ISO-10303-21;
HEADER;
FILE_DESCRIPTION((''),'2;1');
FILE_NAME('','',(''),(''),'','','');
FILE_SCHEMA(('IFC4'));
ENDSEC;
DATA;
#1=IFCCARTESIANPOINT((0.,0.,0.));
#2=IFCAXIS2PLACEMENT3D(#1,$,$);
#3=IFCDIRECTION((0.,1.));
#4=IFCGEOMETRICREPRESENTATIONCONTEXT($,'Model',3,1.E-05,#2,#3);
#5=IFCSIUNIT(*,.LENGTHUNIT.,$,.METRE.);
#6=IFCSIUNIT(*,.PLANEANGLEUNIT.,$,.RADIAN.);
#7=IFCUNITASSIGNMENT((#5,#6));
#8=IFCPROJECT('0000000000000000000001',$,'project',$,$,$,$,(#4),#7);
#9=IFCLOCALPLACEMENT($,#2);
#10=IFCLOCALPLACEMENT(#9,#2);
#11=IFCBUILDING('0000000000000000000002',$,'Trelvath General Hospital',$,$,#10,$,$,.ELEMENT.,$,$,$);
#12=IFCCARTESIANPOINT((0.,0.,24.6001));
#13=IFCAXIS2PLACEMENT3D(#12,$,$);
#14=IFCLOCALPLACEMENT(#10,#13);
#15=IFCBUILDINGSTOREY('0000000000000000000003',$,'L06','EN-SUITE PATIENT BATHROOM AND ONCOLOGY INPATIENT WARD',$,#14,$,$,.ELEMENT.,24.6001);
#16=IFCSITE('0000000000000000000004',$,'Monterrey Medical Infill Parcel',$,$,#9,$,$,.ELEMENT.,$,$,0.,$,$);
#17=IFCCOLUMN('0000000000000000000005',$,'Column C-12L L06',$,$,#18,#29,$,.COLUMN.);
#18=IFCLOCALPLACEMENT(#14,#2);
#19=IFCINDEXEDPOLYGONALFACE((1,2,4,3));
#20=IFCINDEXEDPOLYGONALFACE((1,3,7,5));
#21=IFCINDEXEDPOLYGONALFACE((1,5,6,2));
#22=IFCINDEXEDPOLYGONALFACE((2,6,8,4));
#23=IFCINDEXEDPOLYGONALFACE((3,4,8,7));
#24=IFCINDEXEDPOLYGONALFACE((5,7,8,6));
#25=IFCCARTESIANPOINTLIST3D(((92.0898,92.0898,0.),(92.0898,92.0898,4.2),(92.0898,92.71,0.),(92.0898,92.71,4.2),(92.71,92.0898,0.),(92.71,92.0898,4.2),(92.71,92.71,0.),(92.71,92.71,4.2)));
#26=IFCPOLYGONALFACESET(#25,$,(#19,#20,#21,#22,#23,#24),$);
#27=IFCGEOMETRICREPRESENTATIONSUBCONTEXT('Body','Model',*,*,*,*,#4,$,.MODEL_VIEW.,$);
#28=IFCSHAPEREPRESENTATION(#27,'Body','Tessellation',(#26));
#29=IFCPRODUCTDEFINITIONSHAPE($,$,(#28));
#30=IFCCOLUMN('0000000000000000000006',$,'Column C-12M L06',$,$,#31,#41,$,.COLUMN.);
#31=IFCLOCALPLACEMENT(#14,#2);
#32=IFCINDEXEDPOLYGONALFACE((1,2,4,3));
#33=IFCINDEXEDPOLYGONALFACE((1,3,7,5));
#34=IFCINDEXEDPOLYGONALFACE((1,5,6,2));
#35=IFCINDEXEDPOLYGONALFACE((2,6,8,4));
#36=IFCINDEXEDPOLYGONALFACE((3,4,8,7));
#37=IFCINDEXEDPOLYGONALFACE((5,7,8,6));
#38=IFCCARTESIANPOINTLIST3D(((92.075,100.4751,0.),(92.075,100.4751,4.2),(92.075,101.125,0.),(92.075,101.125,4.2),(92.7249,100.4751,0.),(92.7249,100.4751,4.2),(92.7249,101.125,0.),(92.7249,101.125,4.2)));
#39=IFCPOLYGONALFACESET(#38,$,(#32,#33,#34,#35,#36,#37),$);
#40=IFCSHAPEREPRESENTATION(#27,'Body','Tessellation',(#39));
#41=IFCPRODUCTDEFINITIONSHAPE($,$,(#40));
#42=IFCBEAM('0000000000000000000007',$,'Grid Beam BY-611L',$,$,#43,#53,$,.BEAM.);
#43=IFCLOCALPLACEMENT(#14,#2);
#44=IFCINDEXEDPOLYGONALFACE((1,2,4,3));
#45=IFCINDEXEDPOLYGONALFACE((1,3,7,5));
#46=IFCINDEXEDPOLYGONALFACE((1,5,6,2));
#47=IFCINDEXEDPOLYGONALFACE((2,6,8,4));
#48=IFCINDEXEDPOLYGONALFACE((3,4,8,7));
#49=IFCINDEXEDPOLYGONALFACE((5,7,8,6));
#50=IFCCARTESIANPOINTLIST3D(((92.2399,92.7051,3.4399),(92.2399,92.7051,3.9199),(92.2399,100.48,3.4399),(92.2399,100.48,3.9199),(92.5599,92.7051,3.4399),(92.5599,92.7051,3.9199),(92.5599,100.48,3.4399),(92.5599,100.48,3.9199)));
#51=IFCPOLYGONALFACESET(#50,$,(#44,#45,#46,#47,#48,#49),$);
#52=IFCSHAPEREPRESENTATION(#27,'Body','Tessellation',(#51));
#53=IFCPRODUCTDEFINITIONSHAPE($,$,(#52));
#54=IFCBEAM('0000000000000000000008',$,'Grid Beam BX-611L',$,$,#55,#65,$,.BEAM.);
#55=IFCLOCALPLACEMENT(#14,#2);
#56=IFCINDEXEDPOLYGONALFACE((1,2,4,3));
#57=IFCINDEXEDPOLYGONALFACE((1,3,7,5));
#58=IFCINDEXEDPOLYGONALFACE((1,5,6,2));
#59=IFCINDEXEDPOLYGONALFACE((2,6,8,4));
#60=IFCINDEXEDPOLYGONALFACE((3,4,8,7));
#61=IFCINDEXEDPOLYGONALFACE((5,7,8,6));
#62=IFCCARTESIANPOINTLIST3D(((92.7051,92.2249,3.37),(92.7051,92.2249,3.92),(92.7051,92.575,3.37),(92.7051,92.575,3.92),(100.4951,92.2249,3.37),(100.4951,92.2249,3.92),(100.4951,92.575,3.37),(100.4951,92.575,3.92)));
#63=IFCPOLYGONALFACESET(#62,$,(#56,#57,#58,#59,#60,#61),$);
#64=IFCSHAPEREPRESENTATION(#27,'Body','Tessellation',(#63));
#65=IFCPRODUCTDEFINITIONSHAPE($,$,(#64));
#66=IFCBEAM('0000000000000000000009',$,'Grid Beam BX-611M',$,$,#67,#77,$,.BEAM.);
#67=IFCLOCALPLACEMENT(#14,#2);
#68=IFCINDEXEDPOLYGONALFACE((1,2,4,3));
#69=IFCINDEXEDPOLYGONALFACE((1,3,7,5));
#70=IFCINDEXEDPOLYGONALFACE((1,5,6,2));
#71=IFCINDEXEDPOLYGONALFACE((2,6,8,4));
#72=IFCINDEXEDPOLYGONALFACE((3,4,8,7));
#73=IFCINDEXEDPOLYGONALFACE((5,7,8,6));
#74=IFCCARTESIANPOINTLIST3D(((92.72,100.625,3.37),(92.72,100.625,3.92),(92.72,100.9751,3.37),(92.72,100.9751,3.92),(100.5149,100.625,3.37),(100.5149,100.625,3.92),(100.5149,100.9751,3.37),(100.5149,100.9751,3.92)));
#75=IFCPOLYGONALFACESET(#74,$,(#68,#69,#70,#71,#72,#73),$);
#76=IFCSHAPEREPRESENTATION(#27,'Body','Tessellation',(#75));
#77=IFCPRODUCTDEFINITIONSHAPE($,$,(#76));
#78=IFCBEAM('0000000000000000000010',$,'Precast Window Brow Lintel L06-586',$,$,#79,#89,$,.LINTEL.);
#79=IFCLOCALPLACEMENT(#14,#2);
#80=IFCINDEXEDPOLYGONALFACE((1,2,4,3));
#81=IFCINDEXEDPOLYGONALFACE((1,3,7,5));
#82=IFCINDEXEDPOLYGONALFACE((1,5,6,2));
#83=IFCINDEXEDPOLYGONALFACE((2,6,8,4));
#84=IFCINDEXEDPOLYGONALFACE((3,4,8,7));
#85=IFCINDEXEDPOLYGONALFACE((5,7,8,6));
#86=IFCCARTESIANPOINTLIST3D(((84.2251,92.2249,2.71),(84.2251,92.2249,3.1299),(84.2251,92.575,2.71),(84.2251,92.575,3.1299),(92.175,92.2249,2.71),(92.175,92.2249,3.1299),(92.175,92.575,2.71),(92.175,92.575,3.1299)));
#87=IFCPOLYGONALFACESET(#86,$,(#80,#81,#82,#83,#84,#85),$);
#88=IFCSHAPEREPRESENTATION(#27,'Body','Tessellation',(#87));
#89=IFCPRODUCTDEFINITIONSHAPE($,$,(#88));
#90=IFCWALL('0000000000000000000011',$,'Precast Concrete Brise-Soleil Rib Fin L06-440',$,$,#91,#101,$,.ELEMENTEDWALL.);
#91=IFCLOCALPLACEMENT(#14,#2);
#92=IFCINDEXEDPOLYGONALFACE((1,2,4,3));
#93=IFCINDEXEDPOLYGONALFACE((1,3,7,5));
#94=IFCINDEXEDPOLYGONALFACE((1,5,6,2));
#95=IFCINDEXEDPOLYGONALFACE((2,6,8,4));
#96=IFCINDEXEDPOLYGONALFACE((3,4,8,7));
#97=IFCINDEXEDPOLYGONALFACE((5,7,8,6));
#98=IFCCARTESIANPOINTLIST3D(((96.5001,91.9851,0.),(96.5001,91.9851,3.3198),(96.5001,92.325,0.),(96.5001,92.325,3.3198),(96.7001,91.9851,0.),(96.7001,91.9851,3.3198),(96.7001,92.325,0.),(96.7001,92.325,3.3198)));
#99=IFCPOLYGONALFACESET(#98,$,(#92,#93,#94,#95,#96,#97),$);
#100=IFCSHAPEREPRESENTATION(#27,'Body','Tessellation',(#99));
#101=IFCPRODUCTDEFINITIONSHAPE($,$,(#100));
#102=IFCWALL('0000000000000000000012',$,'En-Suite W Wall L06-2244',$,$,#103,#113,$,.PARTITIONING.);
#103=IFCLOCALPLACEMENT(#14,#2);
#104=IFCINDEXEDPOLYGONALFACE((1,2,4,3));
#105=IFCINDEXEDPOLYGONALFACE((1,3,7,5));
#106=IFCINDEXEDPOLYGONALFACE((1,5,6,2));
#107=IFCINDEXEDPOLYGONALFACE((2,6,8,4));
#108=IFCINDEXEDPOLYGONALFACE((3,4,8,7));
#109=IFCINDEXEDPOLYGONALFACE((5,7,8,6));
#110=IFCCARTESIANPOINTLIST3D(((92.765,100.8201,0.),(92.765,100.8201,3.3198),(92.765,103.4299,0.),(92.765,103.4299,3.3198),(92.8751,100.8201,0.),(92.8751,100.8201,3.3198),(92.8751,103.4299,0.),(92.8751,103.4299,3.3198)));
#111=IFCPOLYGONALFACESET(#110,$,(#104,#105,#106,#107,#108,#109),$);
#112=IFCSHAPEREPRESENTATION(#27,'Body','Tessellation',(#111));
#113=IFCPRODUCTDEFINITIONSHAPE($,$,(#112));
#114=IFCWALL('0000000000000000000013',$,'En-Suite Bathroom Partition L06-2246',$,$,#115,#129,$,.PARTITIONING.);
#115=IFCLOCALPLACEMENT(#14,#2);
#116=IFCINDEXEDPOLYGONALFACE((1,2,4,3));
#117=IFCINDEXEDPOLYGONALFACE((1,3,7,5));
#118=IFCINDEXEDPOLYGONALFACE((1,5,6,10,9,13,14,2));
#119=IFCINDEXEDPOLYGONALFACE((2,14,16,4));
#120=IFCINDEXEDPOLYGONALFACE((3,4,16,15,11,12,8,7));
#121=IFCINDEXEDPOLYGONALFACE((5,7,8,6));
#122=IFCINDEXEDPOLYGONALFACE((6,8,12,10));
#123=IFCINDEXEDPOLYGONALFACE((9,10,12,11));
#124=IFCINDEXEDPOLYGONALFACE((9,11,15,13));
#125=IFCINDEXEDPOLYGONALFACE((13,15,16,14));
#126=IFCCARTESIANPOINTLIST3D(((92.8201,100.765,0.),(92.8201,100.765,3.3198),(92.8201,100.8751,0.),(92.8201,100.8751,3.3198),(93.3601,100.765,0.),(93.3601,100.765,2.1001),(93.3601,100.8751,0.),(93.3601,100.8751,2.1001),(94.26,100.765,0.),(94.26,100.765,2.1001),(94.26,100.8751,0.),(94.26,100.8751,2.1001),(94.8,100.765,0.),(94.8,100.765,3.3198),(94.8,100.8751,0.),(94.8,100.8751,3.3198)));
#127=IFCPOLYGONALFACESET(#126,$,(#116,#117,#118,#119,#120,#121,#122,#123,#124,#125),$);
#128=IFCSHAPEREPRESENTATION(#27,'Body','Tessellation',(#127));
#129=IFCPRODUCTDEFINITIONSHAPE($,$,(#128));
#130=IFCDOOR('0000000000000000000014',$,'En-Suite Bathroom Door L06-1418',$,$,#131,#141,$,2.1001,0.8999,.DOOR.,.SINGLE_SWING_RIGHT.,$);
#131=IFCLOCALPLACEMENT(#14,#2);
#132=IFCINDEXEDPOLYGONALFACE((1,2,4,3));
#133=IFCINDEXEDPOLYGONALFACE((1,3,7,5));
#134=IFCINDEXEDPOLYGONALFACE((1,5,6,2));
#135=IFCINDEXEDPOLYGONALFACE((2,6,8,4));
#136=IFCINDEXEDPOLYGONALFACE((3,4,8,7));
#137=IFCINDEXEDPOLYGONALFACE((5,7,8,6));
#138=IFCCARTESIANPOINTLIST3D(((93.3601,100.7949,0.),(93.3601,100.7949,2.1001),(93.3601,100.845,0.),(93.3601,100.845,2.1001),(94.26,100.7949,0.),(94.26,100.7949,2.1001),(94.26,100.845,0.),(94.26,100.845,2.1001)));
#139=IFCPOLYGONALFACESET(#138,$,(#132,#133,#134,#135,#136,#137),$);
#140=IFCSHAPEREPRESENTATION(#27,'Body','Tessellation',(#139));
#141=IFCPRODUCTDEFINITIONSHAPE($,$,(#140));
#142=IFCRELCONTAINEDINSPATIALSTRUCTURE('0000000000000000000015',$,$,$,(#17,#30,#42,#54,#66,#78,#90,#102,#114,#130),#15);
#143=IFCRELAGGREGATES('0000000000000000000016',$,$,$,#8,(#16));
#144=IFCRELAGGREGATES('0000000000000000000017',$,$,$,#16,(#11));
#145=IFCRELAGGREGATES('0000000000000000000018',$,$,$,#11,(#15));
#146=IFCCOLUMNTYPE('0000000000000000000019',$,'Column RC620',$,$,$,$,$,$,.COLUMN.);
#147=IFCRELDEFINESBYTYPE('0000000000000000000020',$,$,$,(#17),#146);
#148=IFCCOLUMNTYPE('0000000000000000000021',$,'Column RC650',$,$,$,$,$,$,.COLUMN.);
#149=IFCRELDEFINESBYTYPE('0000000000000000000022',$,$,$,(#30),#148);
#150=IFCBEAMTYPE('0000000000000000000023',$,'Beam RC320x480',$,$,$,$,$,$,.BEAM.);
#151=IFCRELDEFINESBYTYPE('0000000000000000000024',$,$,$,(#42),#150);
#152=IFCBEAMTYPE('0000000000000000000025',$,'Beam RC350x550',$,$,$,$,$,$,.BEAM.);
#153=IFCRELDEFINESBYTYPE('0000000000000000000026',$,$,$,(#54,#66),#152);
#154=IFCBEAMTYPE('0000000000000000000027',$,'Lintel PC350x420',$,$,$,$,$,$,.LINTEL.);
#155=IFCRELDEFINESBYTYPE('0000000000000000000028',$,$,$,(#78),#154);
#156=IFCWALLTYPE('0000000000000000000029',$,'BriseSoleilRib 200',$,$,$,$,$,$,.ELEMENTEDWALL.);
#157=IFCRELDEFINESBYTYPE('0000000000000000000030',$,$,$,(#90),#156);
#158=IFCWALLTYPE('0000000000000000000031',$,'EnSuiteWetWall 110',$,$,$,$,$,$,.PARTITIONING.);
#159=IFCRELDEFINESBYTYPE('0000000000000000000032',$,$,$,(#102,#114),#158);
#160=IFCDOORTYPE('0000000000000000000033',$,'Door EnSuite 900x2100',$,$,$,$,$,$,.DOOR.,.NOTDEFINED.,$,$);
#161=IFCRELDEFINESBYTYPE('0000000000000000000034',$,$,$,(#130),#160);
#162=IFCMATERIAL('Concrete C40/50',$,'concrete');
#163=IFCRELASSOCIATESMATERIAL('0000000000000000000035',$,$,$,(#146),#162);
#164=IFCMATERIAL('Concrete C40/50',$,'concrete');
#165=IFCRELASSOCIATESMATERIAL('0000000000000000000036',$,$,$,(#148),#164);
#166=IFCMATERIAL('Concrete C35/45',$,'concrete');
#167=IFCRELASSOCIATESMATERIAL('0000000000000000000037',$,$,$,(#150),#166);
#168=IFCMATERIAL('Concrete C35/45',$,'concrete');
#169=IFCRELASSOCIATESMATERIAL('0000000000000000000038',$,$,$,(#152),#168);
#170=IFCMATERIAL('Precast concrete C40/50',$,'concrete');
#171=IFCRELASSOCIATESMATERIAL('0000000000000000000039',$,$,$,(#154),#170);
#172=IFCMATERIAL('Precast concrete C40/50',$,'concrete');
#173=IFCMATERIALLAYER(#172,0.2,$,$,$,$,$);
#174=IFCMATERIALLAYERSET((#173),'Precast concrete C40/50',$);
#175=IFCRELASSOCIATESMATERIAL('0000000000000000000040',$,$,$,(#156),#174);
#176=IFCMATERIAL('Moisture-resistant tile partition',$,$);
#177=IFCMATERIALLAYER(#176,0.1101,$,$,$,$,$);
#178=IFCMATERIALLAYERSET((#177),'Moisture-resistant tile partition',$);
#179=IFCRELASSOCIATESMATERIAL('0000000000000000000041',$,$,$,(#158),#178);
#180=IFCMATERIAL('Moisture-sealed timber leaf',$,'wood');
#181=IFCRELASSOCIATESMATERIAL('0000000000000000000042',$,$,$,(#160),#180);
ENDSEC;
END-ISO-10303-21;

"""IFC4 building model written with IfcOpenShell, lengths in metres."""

from ifc_helpers import new_model, si_unit, direction, frame, frame_2d, origin, origin_2d, place, context, subcontext, project, spatial, rectangle, extrude, material, layer, layer_set, material_profile, profile_set, type_object, element, fill, save


model = new_model("IFC4")

# Units and contexts
model_context = context("Model", 3, precision=1e-05, world=origin(), true_north=direction((0.0, 1.0)))
body_context = subcontext(model_context, "Body", "Model", "MODEL_VIEW")
ifc_project = project(units=[si_unit("LENGTHUNIT", "METRE"), si_unit("PLANEANGLEUNIT", "RADIAN")], contexts=[model_context])

# Site, building, storey
site_placement = place(None, origin())
site = spatial("IfcSite", under=ifc_project, at=site_placement, Name="Monterrey Medical Infill Parcel", CompositionType="ELEMENT", RefElevation=0.0)
building_placement = place(site_placement, origin())
building = spatial("IfcBuilding", under=site, at=building_placement, Name="Trelvath General Hospital", CompositionType="ELEMENT")
storey_placement = place(building_placement, frame((0.0, 0.0, 24.6001)))
storey = spatial("IfcBuildingStorey", under=building, at=storey_placement, Name="L06", Description="EN-SUITE PATIENT BATHROOM AND ONCOLOGY INPATIENT WARD", CompositionType="ELEMENT", Elevation=24.6001)

# Columns
ifc_material_1 = material(Name="Concrete C40/50", Category="concrete")
ifc_material_profile_1 = material_profile(ifc_material_1, rectangle(XDim=0.6201, YDim=0.6201, at=origin_2d()), Name="RC620x620")
ifc_profile_set_1 = profile_set([ifc_material_profile_1], Name="Concrete C40/50")
column_type_1 = type_object("IfcColumnType", Name="Column RC620", PredefinedType="COLUMN", material=ifc_profile_set_1)
column_1_placement = place(storey_placement, frame((92.3999, 92.3999, 0.0), z_axis=(0.0, 0.0, 1.0), x_axis=(1.0, 0.0, 0.0)))
element("IfcColumn", 1, at=column_1_placement, inside=storey, type_object=column_type_1, Name="Column C-12L L06", PredefinedType="COLUMN", context=body_context, shape_type="SweptSolid", body=[
    extrude(rectangle(XDim=0.6201, YDim=0.6201, at=origin_2d()), origin(), (0.0, 0.0, 1.0), 4.2),
])
ifc_material_2 = material(Name="Concrete C40/50", Category="concrete")
ifc_material_profile_2 = material_profile(ifc_material_2, rectangle(XDim=0.6499, YDim=0.6499, at=origin_2d()), Name="RC650x650")
ifc_profile_set_2 = profile_set([ifc_material_profile_2], Name="Concrete C40/50")
column_type_2 = type_object("IfcColumnType", Name="Column RC650", PredefinedType="COLUMN", material=ifc_profile_set_2)
column_2_placement = place(storey_placement, frame((92.3999, 100.8, 0.0), z_axis=(0.0, 0.0, 1.0), x_axis=(1.0, 0.0, 0.0)))
element("IfcColumn", 2, at=column_2_placement, inside=storey, type_object=column_type_2, Name="Column C-12M L06", PredefinedType="COLUMN", context=body_context, shape_type="SweptSolid", body=[
    extrude(rectangle(XDim=0.6499, YDim=0.6499, at=origin_2d()), origin(), (0.0, 0.0, 1.0), 4.2),
])

# Beams
ifc_material_3 = material(Name="Concrete C35/45", Category="concrete")
ifc_material_profile_3 = material_profile(ifc_material_3, rectangle(XDim=0.3201, YDim=0.48, at=origin_2d()), Name="RCB320x480")
ifc_profile_set_3 = profile_set([ifc_material_profile_3], Name="Concrete C35/45")
beam_type_1 = type_object("IfcBeamType", Name="Beam RC320x480", PredefinedType="BEAM", material=ifc_profile_set_3)
beam_1_placement = place(storey_placement, frame((92.3999, 92.7051, 3.6799), z_axis=(0.0, 1.0, 0.0), x_axis=(-1.0, 0.0, 0.0)))
element("IfcBeam", 3, at=beam_1_placement, inside=storey, type_object=beam_type_1, Name="Grid Beam BY-611L", PredefinedType="BEAM", context=body_context, shape_type="SweptSolid", body=[
    extrude(rectangle(XDim=0.3201, YDim=0.48, at=origin_2d()), origin(), (0.0, 0.0, 1.0), 7.7749),
])
ifc_material_4 = material(Name="Concrete C35/45", Category="concrete")
ifc_material_profile_4 = material_profile(ifc_material_4, rectangle(XDim=0.3501, YDim=0.55, at=origin_2d()), Name="RCB350x550")
ifc_profile_set_4 = profile_set([ifc_material_profile_4], Name="Concrete C35/45")
beam_type_2 = type_object("IfcBeamType", Name="Beam RC350x550", PredefinedType="BEAM", material=ifc_profile_set_4)
beam_2_placement = place(storey_placement, frame((92.7051, 92.3999, 3.645), z_axis=(1.0, 0.0, 0.0), x_axis=(0.0, 1.0, 0.0)))
element("IfcBeam", 4, at=beam_2_placement, inside=storey, type_object=beam_type_2, Name="Grid Beam BX-611L", PredefinedType="BEAM", context=body_context, shape_type="SweptSolid", body=[
    extrude(rectangle(XDim=0.3501, YDim=0.55, at=origin_2d()), origin(), (0.0, 0.0, 1.0), 7.79),
])
beam_3_placement = place(storey_placement, frame((92.72, 100.8, 3.645), z_axis=(1.0, 0.0, 0.0), x_axis=(0.0, 1.0, 0.0)))
element("IfcBeam", 5, at=beam_3_placement, inside=storey, type_object=beam_type_2, Name="Grid Beam BX-611M", PredefinedType="BEAM", context=body_context, shape_type="SweptSolid", body=[
    extrude(rectangle(XDim=0.3501, YDim=0.55, at=origin_2d()), origin(), (0.0, 0.0, 1.0), 7.7949),
])
ifc_material_5 = material(Name="Precast concrete C40/50", Category="concrete")
ifc_material_profile_5 = material_profile(ifc_material_5, rectangle(XDim=0.3501, YDim=0.4199, at=origin_2d()), Name="PCL350x420")
ifc_profile_set_5 = profile_set([ifc_material_profile_5], Name="Precast concrete C40/50")
beam_type_3 = type_object("IfcBeamType", Name="Lintel PC350x420", PredefinedType="LINTEL", material=ifc_profile_set_5)
beam_4_placement = place(storey_placement, frame((92.175, 92.3999, 2.9199), z_axis=(-1.0, 0.0, 0.0), x_axis=(0.0, -1.0, 0.0)))
element("IfcBeam", 6, at=beam_4_placement, inside=storey, type_object=beam_type_3, Name="Precast Window Brow Lintel L06-586", PredefinedType="LINTEL", context=body_context, shape_type="SweptSolid", body=[
    extrude(rectangle(XDim=0.3501, YDim=0.4199, at=origin_2d()), origin(), (0.0, 0.0, 1.0), 7.95),
])

# Walls
ifc_material_6 = material(Name="Precast concrete C40/50", Category="concrete")
ifc_layer_1 = layer(ifc_material_6, 0.2)
ifc_layer_set_1 = layer_set([ifc_layer_1], Name="Precast concrete C40/50")
wall_type_1 = type_object("IfcWallType", Name="BriseSoleilRib 200", PredefinedType="ELEMENTEDWALL", material=ifc_layer_set_1)
wall_1_placement = place(storey_placement, frame((96.6001, 92.325, 0.0), z_axis=(0.0, 0.0, 1.0), x_axis=(0.0, -1.0, 0.0)))
element("IfcWall", 7, at=wall_1_placement, inside=storey, type_object=wall_type_1, Name="Precast Concrete Brise-Soleil Rib Fin L06-440", PredefinedType="ELEMENTEDWALL", context=body_context, shape_type="SweptSolid", body=[
    extrude(rectangle(XDim=0.3398, YDim=0.2, at=frame_2d((0.1699, 0.0))), origin(), (0.0, 0.0, 1.0), 3.3198),
])
ifc_material_7 = material(Name="Moisture-resistant tile partition")
ifc_layer_2 = layer(ifc_material_7, 0.1101)
ifc_layer_set_2 = layer_set([ifc_layer_2], Name="Moisture-resistant tile partition")
wall_type_2 = type_object("IfcWallType", Name="EnSuiteWetWall 110", PredefinedType="PARTITIONING", material=ifc_layer_set_2)
wall_2_placement = place(storey_placement, frame((92.8201, 100.8201, 0.0), z_axis=(0.0, 0.0, 1.0), x_axis=(0.0, 1.0, 0.0)))
element("IfcWall", 8, at=wall_2_placement, inside=storey, type_object=wall_type_2, Name="En-Suite W Wall L06-2244", PredefinedType="PARTITIONING", context=body_context, shape_type="SweptSolid", body=[
    extrude(rectangle(XDim=2.6099, YDim=0.1101, at=frame_2d((1.3049, 0.0))), origin(), (0.0, 0.0, 1.0), 3.3198),
])

# Wall, opening, door
wall_3_placement = place(storey_placement, frame((92.8201, 100.8201, 0.0), z_axis=(0.0, 0.0, 1.0), x_axis=(1.0, 0.0, 0.0)))
wall_3 = element("IfcWall", 9, at=wall_3_placement, inside=storey, type_object=wall_type_2, Name="En-Suite Bathroom Partition L06-2246", PredefinedType="PARTITIONING", context=body_context, shape_type="SweptSolid", body=[
    extrude(rectangle(XDim=1.98, YDim=0.1101, at=frame_2d((0.99, 0.0))), origin(), (0.0, 0.0, 1.0), 3.3198),
])
opening_1_placement = place(wall_3_placement, frame((0.54, 0.0, 0.0)))
opening_1 = element("IfcOpeningElement", 10, at=opening_1_placement, cuts=wall_3, PredefinedType="OPENING", context=body_context, shape_type="SweptSolid", body=[
    extrude(rectangle(XDim=0.8999, YDim=2.1001, at=frame_2d((0.45, 1.05))), frame((0.0, 0.0649, 0.0), z_axis=(0.0, -1.0, 0.0), x_axis=(1.0, 0.0, 0.0)), (0.0, 0.0, 1.0), 0.1301),
])
ifc_material_8 = material(Name="Moisture-sealed timber leaf", Category="wood")
door_type_1 = type_object("IfcDoorType", Name="Door EnSuite 900x2100", OperationType="NOTDEFINED", PredefinedType="DOOR", material=ifc_material_8)
door_1_placement = place(opening_1_placement, origin())
door_1 = element("IfcDoor", 11, at=door_1_placement, inside=storey, type_object=door_type_1, Name="En-Suite Bathroom Door L06-1418", OperationType="SINGLE_SWING_RIGHT", OverallHeight=2.1001, OverallWidth=0.8999, PredefinedType="DOOR", context=body_context, shape_type="SweptSolid", body=[
    extrude(rectangle(XDim=0.8999, YDim=2.1001, at=frame_2d((0.45, 1.05))), frame((0.0, 0.0249, 0.0), z_axis=(0.0, -1.0, 0.0), x_axis=(1.0, 0.0, 0.0)), (0.0, 0.0, 1.0), 0.05),
])
fill(opening_1, door_1)

save(model, "model.ifc")
